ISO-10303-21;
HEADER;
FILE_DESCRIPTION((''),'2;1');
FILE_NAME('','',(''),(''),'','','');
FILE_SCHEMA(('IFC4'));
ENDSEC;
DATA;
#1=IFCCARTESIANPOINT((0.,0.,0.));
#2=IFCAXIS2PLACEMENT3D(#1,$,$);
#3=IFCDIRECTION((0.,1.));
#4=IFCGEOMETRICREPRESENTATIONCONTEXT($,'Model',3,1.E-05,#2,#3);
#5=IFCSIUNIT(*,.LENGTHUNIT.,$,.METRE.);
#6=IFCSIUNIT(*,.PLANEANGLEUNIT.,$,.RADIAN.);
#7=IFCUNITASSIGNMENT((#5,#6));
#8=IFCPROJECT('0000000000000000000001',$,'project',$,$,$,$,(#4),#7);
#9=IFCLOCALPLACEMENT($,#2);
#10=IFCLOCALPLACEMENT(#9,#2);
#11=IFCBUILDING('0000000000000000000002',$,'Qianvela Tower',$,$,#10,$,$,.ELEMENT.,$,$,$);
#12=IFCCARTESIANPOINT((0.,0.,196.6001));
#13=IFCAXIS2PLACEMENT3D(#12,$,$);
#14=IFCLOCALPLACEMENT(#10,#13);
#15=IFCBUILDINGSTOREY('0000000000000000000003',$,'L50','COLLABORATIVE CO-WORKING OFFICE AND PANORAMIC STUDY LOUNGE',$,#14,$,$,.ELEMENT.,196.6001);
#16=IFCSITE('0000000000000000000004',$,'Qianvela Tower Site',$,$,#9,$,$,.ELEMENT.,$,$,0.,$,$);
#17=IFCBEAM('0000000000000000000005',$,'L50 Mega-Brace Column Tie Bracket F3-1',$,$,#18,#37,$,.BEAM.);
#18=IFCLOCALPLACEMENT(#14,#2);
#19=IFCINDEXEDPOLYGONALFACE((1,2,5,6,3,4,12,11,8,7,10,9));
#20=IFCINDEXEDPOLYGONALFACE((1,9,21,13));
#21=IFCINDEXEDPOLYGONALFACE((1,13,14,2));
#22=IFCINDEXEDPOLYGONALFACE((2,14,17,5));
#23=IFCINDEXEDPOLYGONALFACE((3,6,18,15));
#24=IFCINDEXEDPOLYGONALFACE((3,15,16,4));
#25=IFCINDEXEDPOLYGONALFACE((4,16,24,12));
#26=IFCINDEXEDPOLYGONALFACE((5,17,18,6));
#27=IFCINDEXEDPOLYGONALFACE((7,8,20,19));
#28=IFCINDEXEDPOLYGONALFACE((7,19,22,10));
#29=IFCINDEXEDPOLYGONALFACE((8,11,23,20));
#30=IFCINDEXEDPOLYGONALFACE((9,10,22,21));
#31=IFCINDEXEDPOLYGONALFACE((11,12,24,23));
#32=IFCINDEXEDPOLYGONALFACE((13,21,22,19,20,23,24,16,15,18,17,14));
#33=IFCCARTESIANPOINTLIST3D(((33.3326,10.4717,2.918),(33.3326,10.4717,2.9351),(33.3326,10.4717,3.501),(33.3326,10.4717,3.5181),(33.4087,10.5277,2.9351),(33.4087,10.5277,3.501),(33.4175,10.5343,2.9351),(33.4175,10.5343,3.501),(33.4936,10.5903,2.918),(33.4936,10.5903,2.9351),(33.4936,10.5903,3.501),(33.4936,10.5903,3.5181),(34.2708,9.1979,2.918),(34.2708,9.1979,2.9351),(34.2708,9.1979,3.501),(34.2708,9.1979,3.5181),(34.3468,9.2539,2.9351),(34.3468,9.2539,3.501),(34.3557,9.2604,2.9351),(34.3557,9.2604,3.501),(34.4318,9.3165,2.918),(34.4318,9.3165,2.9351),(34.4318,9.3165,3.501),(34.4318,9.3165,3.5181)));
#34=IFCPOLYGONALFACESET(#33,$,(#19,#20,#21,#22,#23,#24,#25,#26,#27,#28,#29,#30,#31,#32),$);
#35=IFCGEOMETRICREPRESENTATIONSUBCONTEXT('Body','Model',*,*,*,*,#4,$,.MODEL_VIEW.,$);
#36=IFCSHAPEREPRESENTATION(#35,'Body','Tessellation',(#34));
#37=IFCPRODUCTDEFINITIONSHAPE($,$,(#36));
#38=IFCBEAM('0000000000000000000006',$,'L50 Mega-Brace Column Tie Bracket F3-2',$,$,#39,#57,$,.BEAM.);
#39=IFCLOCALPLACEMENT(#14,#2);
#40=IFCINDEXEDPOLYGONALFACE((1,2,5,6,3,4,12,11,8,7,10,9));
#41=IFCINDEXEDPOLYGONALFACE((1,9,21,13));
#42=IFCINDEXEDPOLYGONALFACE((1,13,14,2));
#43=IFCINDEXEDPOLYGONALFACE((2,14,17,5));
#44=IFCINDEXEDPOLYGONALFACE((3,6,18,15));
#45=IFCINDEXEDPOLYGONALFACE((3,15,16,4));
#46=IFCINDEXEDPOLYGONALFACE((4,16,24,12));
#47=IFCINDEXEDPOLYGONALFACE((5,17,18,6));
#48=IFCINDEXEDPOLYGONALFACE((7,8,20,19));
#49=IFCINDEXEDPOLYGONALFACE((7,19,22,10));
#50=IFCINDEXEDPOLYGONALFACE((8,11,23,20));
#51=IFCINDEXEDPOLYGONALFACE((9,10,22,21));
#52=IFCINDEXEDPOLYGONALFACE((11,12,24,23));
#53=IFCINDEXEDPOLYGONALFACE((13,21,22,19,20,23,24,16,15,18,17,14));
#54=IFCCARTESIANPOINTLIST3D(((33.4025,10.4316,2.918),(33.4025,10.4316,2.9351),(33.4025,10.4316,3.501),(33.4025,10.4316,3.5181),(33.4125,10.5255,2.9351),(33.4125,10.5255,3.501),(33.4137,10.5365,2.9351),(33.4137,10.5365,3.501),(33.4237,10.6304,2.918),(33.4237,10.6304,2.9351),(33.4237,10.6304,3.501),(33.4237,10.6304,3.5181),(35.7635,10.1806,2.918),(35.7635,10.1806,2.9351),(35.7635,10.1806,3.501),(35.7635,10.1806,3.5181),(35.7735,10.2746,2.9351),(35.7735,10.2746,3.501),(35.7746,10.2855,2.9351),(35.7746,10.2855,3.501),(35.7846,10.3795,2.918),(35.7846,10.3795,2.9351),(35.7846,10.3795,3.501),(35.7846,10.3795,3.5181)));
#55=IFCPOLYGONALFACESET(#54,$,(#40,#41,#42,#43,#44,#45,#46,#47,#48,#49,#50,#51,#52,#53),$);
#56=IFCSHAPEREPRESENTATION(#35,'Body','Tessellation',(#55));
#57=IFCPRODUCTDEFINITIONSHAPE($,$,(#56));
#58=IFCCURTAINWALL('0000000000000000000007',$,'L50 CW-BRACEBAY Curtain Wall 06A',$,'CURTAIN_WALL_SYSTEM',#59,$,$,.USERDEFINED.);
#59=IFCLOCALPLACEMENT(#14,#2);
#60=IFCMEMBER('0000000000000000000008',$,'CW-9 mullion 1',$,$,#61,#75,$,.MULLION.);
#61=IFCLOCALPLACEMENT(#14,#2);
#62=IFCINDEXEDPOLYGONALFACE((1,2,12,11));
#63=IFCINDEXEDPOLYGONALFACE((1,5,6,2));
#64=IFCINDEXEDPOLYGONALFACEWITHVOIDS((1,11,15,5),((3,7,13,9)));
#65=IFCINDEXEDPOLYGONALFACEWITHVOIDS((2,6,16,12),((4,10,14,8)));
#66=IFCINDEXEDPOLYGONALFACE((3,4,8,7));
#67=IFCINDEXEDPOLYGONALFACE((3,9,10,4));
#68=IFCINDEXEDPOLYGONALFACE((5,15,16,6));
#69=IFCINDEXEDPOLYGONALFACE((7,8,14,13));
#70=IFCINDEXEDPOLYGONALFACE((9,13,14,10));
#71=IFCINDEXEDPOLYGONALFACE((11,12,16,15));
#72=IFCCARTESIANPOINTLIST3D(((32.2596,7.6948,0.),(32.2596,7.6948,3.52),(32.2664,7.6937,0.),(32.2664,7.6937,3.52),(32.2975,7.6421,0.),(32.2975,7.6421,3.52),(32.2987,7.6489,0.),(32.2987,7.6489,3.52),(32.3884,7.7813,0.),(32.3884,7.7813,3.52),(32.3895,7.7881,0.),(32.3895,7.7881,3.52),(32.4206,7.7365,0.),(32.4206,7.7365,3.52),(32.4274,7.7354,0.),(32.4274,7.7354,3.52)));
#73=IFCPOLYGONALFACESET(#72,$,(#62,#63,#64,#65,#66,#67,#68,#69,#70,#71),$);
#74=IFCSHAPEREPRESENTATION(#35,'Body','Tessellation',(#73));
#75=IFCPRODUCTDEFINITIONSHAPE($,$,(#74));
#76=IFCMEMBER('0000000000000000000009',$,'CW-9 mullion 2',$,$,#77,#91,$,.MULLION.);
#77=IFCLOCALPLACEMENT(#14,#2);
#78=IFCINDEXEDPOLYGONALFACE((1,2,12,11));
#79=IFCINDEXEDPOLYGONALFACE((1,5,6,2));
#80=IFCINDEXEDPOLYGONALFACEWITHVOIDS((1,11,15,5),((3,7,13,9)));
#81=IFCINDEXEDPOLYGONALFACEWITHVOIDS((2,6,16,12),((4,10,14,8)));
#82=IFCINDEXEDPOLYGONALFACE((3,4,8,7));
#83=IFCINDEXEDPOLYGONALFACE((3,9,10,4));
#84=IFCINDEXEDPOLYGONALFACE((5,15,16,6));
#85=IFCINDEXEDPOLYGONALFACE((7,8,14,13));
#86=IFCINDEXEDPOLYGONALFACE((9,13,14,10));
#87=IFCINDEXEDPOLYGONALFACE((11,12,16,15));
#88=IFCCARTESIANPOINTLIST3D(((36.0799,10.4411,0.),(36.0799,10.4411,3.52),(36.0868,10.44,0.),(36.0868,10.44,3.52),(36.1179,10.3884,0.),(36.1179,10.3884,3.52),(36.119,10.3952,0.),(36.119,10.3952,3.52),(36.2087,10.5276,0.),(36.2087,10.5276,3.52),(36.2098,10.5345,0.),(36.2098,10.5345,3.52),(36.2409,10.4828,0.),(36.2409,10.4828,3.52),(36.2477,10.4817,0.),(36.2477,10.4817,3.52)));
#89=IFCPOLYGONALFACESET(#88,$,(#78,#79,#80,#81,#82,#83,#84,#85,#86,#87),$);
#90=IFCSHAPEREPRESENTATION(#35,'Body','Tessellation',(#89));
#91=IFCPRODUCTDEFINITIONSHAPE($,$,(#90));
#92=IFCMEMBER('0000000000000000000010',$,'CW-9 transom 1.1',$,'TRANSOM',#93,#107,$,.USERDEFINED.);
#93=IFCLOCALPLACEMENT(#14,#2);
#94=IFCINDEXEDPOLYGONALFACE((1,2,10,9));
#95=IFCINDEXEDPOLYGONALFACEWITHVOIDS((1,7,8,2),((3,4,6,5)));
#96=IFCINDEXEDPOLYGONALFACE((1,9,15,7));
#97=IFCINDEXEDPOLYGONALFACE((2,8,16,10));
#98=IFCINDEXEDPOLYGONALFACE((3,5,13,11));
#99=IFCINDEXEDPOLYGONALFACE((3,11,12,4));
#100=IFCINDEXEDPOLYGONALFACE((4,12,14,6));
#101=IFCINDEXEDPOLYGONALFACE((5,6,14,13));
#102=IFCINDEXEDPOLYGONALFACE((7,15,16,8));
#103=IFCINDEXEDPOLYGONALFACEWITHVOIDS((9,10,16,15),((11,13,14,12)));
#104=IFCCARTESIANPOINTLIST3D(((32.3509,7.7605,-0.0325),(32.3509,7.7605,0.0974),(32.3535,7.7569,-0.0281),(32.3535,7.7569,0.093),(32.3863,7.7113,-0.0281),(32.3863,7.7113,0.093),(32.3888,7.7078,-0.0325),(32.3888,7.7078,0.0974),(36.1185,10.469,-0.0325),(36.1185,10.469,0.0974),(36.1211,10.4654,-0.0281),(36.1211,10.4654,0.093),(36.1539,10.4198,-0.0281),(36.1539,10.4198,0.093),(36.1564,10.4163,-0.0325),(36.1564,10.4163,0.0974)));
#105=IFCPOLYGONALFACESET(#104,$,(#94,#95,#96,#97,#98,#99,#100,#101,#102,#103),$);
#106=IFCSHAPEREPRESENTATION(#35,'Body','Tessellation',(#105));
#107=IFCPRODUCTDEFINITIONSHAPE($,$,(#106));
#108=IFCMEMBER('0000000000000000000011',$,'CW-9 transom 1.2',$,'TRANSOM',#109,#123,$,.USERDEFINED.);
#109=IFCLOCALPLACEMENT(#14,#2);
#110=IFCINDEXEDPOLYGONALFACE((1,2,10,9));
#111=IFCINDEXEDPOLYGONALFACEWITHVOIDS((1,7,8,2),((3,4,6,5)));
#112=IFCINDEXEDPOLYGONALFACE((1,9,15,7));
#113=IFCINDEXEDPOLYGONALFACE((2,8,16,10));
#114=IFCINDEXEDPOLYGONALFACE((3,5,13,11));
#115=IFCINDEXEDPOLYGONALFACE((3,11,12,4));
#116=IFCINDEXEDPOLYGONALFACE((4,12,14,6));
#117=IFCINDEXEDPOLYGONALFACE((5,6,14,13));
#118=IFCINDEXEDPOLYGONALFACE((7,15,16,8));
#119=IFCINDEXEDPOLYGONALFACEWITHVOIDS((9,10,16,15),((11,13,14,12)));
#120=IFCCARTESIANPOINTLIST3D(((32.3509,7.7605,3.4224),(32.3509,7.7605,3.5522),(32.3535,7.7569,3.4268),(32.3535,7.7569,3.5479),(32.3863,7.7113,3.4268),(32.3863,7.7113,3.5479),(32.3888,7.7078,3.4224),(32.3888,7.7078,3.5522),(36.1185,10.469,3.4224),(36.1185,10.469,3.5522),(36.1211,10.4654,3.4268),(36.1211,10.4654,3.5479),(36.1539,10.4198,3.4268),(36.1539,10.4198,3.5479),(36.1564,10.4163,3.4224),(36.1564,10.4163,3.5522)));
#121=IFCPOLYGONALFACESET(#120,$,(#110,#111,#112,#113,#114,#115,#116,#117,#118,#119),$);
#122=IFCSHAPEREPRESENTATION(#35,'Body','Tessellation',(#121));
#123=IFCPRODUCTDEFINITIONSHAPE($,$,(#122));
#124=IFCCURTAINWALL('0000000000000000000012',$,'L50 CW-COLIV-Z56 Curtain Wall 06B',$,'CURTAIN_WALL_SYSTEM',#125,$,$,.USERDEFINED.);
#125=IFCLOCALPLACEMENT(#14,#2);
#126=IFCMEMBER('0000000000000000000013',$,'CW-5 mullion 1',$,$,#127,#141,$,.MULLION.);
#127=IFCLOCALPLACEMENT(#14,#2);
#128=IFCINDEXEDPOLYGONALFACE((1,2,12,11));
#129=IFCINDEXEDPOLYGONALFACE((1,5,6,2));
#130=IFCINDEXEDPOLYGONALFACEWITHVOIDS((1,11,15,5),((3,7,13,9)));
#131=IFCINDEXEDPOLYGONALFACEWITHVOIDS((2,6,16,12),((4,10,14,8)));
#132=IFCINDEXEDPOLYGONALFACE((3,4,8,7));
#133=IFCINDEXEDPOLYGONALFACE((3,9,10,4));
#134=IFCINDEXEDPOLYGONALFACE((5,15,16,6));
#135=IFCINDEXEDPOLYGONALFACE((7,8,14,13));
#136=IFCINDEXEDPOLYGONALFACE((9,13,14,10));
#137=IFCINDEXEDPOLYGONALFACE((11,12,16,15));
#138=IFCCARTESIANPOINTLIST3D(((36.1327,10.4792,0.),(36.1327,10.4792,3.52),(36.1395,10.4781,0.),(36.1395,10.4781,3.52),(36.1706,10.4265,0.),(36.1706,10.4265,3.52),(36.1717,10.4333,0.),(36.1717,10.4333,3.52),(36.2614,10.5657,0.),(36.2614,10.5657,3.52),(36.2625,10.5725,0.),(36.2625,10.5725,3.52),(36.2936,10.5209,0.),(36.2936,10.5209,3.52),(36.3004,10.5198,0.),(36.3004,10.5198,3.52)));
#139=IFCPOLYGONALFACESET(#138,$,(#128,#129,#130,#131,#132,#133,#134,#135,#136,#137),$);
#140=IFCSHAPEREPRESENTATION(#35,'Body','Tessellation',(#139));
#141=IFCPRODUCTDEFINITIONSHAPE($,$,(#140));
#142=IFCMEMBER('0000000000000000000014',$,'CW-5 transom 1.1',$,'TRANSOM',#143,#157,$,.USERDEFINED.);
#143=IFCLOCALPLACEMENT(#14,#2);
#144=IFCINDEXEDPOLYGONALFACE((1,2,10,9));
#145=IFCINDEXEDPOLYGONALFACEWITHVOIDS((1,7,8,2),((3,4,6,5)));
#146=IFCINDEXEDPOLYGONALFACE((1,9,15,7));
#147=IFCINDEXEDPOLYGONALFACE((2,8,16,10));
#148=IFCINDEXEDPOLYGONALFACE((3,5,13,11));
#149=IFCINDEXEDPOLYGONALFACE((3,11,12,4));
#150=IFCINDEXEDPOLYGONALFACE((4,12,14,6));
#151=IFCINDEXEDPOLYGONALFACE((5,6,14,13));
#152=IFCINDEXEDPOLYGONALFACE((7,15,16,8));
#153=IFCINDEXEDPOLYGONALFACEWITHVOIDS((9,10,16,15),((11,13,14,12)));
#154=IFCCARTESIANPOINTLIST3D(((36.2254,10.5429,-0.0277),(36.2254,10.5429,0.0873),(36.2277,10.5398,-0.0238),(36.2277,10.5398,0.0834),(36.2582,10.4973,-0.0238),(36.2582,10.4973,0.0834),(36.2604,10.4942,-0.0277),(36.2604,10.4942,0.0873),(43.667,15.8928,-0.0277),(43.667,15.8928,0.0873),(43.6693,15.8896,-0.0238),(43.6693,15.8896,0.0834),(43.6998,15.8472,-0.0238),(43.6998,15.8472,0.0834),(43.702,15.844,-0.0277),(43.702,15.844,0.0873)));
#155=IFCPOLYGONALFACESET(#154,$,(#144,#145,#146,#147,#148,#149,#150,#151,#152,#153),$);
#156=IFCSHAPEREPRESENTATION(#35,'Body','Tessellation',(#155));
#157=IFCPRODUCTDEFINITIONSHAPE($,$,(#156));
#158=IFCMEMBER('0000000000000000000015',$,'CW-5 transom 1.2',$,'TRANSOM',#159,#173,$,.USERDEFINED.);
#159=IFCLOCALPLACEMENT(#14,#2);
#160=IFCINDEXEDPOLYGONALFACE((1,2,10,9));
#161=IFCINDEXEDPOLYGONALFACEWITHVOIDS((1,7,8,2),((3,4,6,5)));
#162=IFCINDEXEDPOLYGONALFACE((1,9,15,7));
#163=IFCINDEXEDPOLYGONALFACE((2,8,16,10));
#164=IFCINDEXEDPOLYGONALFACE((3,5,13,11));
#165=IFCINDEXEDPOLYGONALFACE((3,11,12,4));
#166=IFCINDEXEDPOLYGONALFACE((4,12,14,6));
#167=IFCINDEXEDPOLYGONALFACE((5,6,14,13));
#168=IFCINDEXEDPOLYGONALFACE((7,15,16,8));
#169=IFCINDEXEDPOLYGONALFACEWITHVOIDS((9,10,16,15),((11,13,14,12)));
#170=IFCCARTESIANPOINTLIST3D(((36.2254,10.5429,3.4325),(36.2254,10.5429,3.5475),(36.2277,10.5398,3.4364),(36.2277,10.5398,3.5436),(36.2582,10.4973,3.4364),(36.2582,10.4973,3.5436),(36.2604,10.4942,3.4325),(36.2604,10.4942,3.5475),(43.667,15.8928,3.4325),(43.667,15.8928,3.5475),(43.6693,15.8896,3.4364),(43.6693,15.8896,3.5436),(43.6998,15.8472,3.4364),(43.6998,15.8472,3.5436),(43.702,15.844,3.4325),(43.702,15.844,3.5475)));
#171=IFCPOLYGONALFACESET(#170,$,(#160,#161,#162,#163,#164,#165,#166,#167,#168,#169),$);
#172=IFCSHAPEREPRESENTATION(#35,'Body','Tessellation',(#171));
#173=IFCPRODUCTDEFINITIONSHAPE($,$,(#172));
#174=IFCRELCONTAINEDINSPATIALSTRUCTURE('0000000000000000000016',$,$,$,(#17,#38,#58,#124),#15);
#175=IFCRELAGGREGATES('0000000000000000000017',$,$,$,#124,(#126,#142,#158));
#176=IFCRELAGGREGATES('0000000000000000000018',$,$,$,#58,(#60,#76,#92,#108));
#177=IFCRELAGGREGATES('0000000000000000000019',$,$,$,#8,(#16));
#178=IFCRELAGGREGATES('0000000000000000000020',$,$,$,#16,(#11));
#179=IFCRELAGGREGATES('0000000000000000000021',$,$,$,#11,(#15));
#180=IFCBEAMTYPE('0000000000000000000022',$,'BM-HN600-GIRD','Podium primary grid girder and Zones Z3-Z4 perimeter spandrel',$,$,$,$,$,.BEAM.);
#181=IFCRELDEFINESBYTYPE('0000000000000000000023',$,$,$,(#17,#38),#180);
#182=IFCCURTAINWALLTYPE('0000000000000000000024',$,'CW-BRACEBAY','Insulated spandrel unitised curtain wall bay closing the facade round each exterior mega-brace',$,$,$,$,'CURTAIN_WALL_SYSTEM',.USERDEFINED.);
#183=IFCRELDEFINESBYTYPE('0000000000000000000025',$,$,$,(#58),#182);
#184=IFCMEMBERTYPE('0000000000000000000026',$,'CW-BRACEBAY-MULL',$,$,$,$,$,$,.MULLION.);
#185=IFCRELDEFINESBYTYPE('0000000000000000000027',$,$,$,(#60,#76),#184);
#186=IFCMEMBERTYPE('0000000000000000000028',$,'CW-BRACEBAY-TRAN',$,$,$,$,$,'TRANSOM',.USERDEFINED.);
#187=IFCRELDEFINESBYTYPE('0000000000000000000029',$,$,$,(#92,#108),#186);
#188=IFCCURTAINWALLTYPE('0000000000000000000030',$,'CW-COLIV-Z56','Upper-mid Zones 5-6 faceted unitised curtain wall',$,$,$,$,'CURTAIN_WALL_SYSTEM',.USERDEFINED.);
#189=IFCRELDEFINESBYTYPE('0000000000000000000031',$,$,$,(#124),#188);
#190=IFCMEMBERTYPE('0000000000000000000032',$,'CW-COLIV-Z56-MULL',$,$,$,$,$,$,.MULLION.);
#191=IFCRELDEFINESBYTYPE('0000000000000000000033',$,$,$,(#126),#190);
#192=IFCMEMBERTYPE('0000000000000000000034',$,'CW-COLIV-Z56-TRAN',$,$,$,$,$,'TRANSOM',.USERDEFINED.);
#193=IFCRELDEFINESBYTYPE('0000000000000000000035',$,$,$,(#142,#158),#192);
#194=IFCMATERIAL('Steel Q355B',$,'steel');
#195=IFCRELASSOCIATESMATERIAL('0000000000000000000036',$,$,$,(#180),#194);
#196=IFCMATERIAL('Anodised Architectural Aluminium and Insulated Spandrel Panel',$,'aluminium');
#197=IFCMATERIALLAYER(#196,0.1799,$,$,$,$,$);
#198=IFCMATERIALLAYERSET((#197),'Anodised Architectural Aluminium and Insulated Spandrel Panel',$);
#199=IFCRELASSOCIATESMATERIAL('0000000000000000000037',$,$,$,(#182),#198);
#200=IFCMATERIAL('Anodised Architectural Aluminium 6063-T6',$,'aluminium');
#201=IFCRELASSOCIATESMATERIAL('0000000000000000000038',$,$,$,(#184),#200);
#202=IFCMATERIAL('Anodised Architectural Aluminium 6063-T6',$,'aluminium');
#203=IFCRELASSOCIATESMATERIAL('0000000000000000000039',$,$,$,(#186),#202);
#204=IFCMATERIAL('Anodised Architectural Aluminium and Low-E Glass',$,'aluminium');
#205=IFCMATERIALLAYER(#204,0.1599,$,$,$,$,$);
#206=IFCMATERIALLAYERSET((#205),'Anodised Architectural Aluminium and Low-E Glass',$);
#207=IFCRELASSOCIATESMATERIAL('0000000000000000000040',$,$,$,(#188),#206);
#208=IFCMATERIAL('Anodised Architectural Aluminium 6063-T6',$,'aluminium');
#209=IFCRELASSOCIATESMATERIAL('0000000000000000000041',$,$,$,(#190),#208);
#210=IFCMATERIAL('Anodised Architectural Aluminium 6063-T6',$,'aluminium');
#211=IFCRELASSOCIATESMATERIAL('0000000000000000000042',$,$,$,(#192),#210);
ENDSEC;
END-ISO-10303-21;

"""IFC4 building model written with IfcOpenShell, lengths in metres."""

from ifc_helpers import new_model, si_unit, direction, frame, origin, origin_2d, place, context, subcontext, project, spatial, hollow_rectangle, i_section, extrude, material, layer, layer_set, material_profile, profile_set, type_object, element, aggregate, save


model = new_model("IFC4")

# Units and contexts
model_context = context("Model", 3, precision=1e-05, world=origin(), true_north=direction((0.0, 1.0)))
body_context = subcontext(model_context, "Body", "Model", "MODEL_VIEW")
ifc_project = project(units=[si_unit("LENGTHUNIT", "METRE"), si_unit("PLANEANGLEUNIT", "RADIAN")], contexts=[model_context])

# Site, building, storey
site_placement = place(None, origin())
site = spatial("IfcSite", under=ifc_project, at=site_placement, Name="Qianvela Tower Site", CompositionType="ELEMENT", RefElevation=0.0)
building_placement = place(site_placement, origin())
building = spatial("IfcBuilding", under=site, at=building_placement, Name="Qianvela Tower", CompositionType="ELEMENT")
storey_placement = place(building_placement, frame((0.0, 0.0, 196.6001)))
storey = spatial("IfcBuildingStorey", under=building, at=storey_placement, Name="L50", Description="COLLABORATIVE CO-WORKING OFFICE AND PANORAMIC STUDY LOUNGE", CompositionType="ELEMENT", Elevation=196.6001)

# Beams
ifc_material_1 = material(Name="Steel Q355B", Category="steel")
ifc_material_profile_1 = material_profile(ifc_material_1, i_section(OverallWidth=0.2, OverallDepth=0.6001, WebThickness=0.011, FlangeThickness=0.0171, at=origin_2d()), Name="HN600x200x11x17")
ifc_profile_set_1 = profile_set([ifc_material_profile_1], Name="Steel Q355B")
beam_type_1 = type_object("IfcBeamType", Name="BM-HN600-GIRD", Description="Podium primary grid girder and Zones Z3-Z4 perimeter spandrel", PredefinedType="BEAM", material=ifc_profile_set_1)
beam_1_placement = place(storey_placement, frame((33.4131, 10.531, 3.218), z_axis=(0.593015, -0.805192, 0.0), x_axis=(0.805192, 0.593015, 0.0)))
element("IfcBeam", 1, at=beam_1_placement, inside=storey, type_object=beam_type_1, Name="L50 Mega-Brace Column Tie Bracket F3-1", PredefinedType="BEAM", context=body_context, shape_type="SweptSolid", body=[
    extrude(i_section(OverallWidth=0.2, OverallDepth=0.6001, WebThickness=0.011, FlangeThickness=0.0171, at=origin_2d()), origin(), (0.0, 0.0, 1.0), 1.582),
])
beam_2_placement = place(storey_placement, frame((33.4131, 10.531, 3.218), z_axis=(0.994398, -0.105702, 0.0), x_axis=(0.105702, 0.994398, 0.0)))
element("IfcBeam", 2, at=beam_2_placement, inside=storey, type_object=beam_type_1, Name="L50 Mega-Brace Column Tie Bracket F3-2", PredefinedType="BEAM", context=body_context, shape_type="SweptSolid", body=[
    extrude(i_section(OverallWidth=0.2, OverallDepth=0.6001, WebThickness=0.011, FlangeThickness=0.0171, at=origin_2d()), origin(), (0.0, 0.0, 1.0), 2.3743),
])

# Curtain walls, members
ifc_material_2 = material(Name="Anodised Architectural Aluminium and Insulated Spandrel Panel", Category="aluminium")
ifc_layer_1 = layer(ifc_material_2, 0.1799)
ifc_layer_set_1 = layer_set([ifc_layer_1], Name="Anodised Architectural Aluminium and Insulated Spandrel Panel")
curtain_wall_type_1 = type_object("IfcCurtainWallType", Name="CW-BRACEBAY", Description="Insulated spandrel unitised curtain wall bay closing the facade round each exterior mega-brace", ElementType="CURTAIN_WALL_SYSTEM", PredefinedType="USERDEFINED", material=ifc_layer_set_1)
curtain_wall_1_placement = place(storey_placement, origin())
curtain_wall_1 = element("IfcCurtainWall", 3, at=curtain_wall_1_placement, inside=storey, type_object=curtain_wall_type_1, Name="L50 CW-BRACEBAY Curtain Wall 06A", ObjectType="CURTAIN_WALL_SYSTEM", PredefinedType="USERDEFINED")
ifc_material_3 = material(Name="Anodised Architectural Aluminium 6063-T6", Category="aluminium")
ifc_material_profile_2 = material_profile(ifc_material_3, hollow_rectangle(XDim=0.0649, YDim=0.1599, WallThickness=0.0049, at=origin_2d()), Name="ALU-MULL-65x160")
ifc_profile_set_2 = profile_set([ifc_material_profile_2], Name="Anodised Architectural Aluminium 6063-T6")
member_type_1 = type_object("IfcMemberType", Name="CW-BRACEBAY-MULL", PredefinedType="MULLION", material=ifc_profile_set_2)
member_1_placement = place(storey_placement, frame((32.3435, 7.7151, 0.0), z_axis=(0.0, 0.0, 1.0), x_axis=(-0.583716, 0.811958, 0.0)))
member_1 = element("IfcMember", 4, at=member_1_placement, type_object=member_type_1, Name="CW-9 mullion 1", PredefinedType="MULLION", context=body_context, shape_type="SweptSolid", body=[
    extrude(hollow_rectangle(XDim=0.0649, YDim=0.1599, WallThickness=0.0049, at=origin_2d()), origin(), (0.0, 0.0, 1.0), 3.52),
])
member_2_placement = place(storey_placement, frame((36.1638, 10.4614, 0.0), z_axis=(0.0, 0.0, 1.0), x_axis=(-0.583716, 0.811958, 0.0)))
member_2 = element("IfcMember", 5, at=member_2_placement, type_object=member_type_1, Name="CW-9 mullion 2", PredefinedType="MULLION", context=body_context, shape_type="SweptSolid", body=[
    extrude(hollow_rectangle(XDim=0.0649, YDim=0.1599, WallThickness=0.0049, at=origin_2d()), origin(), (0.0, 0.0, 1.0), 3.52),
])
ifc_material_4 = material(Name="Anodised Architectural Aluminium 6063-T6", Category="aluminium")
ifc_material_profile_3 = material_profile(ifc_material_4, hollow_rectangle(XDim=0.0649, YDim=0.1299, WallThickness=0.0044, at=origin_2d()), Name="ALU-TRAN-65x130")
ifc_profile_set_3 = profile_set([ifc_material_profile_3], Name="Anodised Architectural Aluminium 6063-T6")
member_type_2 = type_object("IfcMemberType", Name="CW-BRACEBAY-TRAN", ElementType="TRANSOM", PredefinedType="USERDEFINED", material=ifc_profile_set_3)
member_3_placement = place(storey_placement, frame((32.3699, 7.7341, 0.0325), z_axis=(0.811959, 0.583714, 0.0), x_axis=(-0.583714, 0.811959, 0.0)))
member_3 = element("IfcMember", 6, at=member_3_placement, type_object=member_type_2, Name="CW-9 transom 1.1", ObjectType="TRANSOM", PredefinedType="USERDEFINED", context=body_context, shape_type="SweptSolid", body=[
    extrude(hollow_rectangle(XDim=0.0649, YDim=0.1299, WallThickness=0.0044, at=origin_2d()), origin(), (0.0, 0.0, 1.0), 4.6401),
])
member_4_placement = place(storey_placement, frame((32.3699, 7.7341, 3.4873), z_axis=(0.811959, 0.583714, 0.0), x_axis=(-0.583714, 0.811959, 0.0)))
member_4 = element("IfcMember", 7, at=member_4_placement, type_object=member_type_2, Name="CW-9 transom 1.2", ObjectType="TRANSOM", PredefinedType="USERDEFINED", context=body_context, shape_type="SweptSolid", body=[
    extrude(hollow_rectangle(XDim=0.0649, YDim=0.1299, WallThickness=0.0044, at=origin_2d()), origin(), (0.0, 0.0, 1.0), 4.6401),
])
ifc_material_5 = material(Name="Anodised Architectural Aluminium and Low-E Glass", Category="aluminium")
ifc_layer_2 = layer(ifc_material_5, 0.1599)
ifc_layer_set_2 = layer_set([ifc_layer_2], Name="Anodised Architectural Aluminium and Low-E Glass")
curtain_wall_type_2 = type_object("IfcCurtainWallType", Name="CW-COLIV-Z56", Description="Upper-mid Zones 5-6 faceted unitised curtain wall", ElementType="CURTAIN_WALL_SYSTEM", PredefinedType="USERDEFINED", material=ifc_layer_set_2)
curtain_wall_2_placement = place(storey_placement, origin())
curtain_wall_2 = element("IfcCurtainWall", 8, at=curtain_wall_2_placement, inside=storey, type_object=curtain_wall_type_2, Name="L50 CW-COLIV-Z56 Curtain Wall 06B", ObjectType="CURTAIN_WALL_SYSTEM", PredefinedType="USERDEFINED")
ifc_material_6 = material(Name="Anodised Architectural Aluminium 6063-T6", Category="aluminium")
ifc_material_profile_4 = material_profile(ifc_material_6, hollow_rectangle(XDim=0.0649, YDim=0.1599, WallThickness=0.0049, at=origin_2d()), Name="ALU-MULL-65x160")
ifc_profile_set_4 = profile_set([ifc_material_profile_4], Name="Anodised Architectural Aluminium 6063-T6")
member_type_3 = type_object("IfcMemberType", Name="CW-COLIV-Z56-MULL", PredefinedType="MULLION", material=ifc_profile_set_4)
member_5_placement = place(storey_placement, frame((36.2166, 10.4995, 0.0), z_axis=(0.0, 0.0, 1.0), x_axis=(-0.583725, 0.811952, 0.0)))
member_5 = element("IfcMember", 9, at=member_5_placement, type_object=member_type_3, Name="CW-5 mullion 1", PredefinedType="MULLION", context=body_context, shape_type="SweptSolid", body=[
    extrude(hollow_rectangle(XDim=0.0649, YDim=0.1599, WallThickness=0.0049, at=origin_2d()), origin(), (0.0, 0.0, 1.0), 3.52),
])
ifc_material_7 = material(Name="Anodised Architectural Aluminium 6063-T6", Category="aluminium")
ifc_material_profile_5 = material_profile(ifc_material_7, hollow_rectangle(XDim=0.0601, YDim=0.115, WallThickness=0.0039, at=origin_2d()), Name="ALU-TRAN-60x115")
ifc_profile_set_5 = profile_set([ifc_material_profile_5], Name="Anodised Architectural Aluminium 6063-T6")
member_type_4 = type_object("IfcMemberType", Name="CW-COLIV-Z56-TRAN", ElementType="TRANSOM", PredefinedType="USERDEFINED", material=ifc_profile_set_5)
member_6_placement = place(storey_placement, frame((36.2429, 10.5186, 0.0298), z_axis=(0.811955, 0.58372, 0.0), x_axis=(-0.58372, 0.811955, 0.0)))
member_6 = element("IfcMember", 10, at=member_6_placement, type_object=member_type_4, Name="CW-5 transom 1.1", ObjectType="TRANSOM", PredefinedType="USERDEFINED", context=body_context, shape_type="SweptSolid", body=[
    extrude(hollow_rectangle(XDim=0.0601, YDim=0.115, WallThickness=0.0039, at=origin_2d()), origin(), (0.0, 0.0, 1.0), 9.165),
])
member_7_placement = place(storey_placement, frame((36.2429, 10.5186, 3.49), z_axis=(0.811955, 0.58372, 0.0), x_axis=(-0.58372, 0.811955, 0.0)))
member_7 = element("IfcMember", 11, at=member_7_placement, type_object=member_type_4, Name="CW-5 transom 1.2", ObjectType="TRANSOM", PredefinedType="USERDEFINED", context=body_context, shape_type="SweptSolid", body=[
    extrude(hollow_rectangle(XDim=0.0601, YDim=0.115, WallThickness=0.0039, at=origin_2d()), origin(), (0.0, 0.0, 1.0), 9.165),
])
aggregate(curtain_wall_2, [member_5, member_6, member_7])

aggregate(curtain_wall_1, [member_1, member_2, member_3, member_4])

save(model, "model.ifc")
